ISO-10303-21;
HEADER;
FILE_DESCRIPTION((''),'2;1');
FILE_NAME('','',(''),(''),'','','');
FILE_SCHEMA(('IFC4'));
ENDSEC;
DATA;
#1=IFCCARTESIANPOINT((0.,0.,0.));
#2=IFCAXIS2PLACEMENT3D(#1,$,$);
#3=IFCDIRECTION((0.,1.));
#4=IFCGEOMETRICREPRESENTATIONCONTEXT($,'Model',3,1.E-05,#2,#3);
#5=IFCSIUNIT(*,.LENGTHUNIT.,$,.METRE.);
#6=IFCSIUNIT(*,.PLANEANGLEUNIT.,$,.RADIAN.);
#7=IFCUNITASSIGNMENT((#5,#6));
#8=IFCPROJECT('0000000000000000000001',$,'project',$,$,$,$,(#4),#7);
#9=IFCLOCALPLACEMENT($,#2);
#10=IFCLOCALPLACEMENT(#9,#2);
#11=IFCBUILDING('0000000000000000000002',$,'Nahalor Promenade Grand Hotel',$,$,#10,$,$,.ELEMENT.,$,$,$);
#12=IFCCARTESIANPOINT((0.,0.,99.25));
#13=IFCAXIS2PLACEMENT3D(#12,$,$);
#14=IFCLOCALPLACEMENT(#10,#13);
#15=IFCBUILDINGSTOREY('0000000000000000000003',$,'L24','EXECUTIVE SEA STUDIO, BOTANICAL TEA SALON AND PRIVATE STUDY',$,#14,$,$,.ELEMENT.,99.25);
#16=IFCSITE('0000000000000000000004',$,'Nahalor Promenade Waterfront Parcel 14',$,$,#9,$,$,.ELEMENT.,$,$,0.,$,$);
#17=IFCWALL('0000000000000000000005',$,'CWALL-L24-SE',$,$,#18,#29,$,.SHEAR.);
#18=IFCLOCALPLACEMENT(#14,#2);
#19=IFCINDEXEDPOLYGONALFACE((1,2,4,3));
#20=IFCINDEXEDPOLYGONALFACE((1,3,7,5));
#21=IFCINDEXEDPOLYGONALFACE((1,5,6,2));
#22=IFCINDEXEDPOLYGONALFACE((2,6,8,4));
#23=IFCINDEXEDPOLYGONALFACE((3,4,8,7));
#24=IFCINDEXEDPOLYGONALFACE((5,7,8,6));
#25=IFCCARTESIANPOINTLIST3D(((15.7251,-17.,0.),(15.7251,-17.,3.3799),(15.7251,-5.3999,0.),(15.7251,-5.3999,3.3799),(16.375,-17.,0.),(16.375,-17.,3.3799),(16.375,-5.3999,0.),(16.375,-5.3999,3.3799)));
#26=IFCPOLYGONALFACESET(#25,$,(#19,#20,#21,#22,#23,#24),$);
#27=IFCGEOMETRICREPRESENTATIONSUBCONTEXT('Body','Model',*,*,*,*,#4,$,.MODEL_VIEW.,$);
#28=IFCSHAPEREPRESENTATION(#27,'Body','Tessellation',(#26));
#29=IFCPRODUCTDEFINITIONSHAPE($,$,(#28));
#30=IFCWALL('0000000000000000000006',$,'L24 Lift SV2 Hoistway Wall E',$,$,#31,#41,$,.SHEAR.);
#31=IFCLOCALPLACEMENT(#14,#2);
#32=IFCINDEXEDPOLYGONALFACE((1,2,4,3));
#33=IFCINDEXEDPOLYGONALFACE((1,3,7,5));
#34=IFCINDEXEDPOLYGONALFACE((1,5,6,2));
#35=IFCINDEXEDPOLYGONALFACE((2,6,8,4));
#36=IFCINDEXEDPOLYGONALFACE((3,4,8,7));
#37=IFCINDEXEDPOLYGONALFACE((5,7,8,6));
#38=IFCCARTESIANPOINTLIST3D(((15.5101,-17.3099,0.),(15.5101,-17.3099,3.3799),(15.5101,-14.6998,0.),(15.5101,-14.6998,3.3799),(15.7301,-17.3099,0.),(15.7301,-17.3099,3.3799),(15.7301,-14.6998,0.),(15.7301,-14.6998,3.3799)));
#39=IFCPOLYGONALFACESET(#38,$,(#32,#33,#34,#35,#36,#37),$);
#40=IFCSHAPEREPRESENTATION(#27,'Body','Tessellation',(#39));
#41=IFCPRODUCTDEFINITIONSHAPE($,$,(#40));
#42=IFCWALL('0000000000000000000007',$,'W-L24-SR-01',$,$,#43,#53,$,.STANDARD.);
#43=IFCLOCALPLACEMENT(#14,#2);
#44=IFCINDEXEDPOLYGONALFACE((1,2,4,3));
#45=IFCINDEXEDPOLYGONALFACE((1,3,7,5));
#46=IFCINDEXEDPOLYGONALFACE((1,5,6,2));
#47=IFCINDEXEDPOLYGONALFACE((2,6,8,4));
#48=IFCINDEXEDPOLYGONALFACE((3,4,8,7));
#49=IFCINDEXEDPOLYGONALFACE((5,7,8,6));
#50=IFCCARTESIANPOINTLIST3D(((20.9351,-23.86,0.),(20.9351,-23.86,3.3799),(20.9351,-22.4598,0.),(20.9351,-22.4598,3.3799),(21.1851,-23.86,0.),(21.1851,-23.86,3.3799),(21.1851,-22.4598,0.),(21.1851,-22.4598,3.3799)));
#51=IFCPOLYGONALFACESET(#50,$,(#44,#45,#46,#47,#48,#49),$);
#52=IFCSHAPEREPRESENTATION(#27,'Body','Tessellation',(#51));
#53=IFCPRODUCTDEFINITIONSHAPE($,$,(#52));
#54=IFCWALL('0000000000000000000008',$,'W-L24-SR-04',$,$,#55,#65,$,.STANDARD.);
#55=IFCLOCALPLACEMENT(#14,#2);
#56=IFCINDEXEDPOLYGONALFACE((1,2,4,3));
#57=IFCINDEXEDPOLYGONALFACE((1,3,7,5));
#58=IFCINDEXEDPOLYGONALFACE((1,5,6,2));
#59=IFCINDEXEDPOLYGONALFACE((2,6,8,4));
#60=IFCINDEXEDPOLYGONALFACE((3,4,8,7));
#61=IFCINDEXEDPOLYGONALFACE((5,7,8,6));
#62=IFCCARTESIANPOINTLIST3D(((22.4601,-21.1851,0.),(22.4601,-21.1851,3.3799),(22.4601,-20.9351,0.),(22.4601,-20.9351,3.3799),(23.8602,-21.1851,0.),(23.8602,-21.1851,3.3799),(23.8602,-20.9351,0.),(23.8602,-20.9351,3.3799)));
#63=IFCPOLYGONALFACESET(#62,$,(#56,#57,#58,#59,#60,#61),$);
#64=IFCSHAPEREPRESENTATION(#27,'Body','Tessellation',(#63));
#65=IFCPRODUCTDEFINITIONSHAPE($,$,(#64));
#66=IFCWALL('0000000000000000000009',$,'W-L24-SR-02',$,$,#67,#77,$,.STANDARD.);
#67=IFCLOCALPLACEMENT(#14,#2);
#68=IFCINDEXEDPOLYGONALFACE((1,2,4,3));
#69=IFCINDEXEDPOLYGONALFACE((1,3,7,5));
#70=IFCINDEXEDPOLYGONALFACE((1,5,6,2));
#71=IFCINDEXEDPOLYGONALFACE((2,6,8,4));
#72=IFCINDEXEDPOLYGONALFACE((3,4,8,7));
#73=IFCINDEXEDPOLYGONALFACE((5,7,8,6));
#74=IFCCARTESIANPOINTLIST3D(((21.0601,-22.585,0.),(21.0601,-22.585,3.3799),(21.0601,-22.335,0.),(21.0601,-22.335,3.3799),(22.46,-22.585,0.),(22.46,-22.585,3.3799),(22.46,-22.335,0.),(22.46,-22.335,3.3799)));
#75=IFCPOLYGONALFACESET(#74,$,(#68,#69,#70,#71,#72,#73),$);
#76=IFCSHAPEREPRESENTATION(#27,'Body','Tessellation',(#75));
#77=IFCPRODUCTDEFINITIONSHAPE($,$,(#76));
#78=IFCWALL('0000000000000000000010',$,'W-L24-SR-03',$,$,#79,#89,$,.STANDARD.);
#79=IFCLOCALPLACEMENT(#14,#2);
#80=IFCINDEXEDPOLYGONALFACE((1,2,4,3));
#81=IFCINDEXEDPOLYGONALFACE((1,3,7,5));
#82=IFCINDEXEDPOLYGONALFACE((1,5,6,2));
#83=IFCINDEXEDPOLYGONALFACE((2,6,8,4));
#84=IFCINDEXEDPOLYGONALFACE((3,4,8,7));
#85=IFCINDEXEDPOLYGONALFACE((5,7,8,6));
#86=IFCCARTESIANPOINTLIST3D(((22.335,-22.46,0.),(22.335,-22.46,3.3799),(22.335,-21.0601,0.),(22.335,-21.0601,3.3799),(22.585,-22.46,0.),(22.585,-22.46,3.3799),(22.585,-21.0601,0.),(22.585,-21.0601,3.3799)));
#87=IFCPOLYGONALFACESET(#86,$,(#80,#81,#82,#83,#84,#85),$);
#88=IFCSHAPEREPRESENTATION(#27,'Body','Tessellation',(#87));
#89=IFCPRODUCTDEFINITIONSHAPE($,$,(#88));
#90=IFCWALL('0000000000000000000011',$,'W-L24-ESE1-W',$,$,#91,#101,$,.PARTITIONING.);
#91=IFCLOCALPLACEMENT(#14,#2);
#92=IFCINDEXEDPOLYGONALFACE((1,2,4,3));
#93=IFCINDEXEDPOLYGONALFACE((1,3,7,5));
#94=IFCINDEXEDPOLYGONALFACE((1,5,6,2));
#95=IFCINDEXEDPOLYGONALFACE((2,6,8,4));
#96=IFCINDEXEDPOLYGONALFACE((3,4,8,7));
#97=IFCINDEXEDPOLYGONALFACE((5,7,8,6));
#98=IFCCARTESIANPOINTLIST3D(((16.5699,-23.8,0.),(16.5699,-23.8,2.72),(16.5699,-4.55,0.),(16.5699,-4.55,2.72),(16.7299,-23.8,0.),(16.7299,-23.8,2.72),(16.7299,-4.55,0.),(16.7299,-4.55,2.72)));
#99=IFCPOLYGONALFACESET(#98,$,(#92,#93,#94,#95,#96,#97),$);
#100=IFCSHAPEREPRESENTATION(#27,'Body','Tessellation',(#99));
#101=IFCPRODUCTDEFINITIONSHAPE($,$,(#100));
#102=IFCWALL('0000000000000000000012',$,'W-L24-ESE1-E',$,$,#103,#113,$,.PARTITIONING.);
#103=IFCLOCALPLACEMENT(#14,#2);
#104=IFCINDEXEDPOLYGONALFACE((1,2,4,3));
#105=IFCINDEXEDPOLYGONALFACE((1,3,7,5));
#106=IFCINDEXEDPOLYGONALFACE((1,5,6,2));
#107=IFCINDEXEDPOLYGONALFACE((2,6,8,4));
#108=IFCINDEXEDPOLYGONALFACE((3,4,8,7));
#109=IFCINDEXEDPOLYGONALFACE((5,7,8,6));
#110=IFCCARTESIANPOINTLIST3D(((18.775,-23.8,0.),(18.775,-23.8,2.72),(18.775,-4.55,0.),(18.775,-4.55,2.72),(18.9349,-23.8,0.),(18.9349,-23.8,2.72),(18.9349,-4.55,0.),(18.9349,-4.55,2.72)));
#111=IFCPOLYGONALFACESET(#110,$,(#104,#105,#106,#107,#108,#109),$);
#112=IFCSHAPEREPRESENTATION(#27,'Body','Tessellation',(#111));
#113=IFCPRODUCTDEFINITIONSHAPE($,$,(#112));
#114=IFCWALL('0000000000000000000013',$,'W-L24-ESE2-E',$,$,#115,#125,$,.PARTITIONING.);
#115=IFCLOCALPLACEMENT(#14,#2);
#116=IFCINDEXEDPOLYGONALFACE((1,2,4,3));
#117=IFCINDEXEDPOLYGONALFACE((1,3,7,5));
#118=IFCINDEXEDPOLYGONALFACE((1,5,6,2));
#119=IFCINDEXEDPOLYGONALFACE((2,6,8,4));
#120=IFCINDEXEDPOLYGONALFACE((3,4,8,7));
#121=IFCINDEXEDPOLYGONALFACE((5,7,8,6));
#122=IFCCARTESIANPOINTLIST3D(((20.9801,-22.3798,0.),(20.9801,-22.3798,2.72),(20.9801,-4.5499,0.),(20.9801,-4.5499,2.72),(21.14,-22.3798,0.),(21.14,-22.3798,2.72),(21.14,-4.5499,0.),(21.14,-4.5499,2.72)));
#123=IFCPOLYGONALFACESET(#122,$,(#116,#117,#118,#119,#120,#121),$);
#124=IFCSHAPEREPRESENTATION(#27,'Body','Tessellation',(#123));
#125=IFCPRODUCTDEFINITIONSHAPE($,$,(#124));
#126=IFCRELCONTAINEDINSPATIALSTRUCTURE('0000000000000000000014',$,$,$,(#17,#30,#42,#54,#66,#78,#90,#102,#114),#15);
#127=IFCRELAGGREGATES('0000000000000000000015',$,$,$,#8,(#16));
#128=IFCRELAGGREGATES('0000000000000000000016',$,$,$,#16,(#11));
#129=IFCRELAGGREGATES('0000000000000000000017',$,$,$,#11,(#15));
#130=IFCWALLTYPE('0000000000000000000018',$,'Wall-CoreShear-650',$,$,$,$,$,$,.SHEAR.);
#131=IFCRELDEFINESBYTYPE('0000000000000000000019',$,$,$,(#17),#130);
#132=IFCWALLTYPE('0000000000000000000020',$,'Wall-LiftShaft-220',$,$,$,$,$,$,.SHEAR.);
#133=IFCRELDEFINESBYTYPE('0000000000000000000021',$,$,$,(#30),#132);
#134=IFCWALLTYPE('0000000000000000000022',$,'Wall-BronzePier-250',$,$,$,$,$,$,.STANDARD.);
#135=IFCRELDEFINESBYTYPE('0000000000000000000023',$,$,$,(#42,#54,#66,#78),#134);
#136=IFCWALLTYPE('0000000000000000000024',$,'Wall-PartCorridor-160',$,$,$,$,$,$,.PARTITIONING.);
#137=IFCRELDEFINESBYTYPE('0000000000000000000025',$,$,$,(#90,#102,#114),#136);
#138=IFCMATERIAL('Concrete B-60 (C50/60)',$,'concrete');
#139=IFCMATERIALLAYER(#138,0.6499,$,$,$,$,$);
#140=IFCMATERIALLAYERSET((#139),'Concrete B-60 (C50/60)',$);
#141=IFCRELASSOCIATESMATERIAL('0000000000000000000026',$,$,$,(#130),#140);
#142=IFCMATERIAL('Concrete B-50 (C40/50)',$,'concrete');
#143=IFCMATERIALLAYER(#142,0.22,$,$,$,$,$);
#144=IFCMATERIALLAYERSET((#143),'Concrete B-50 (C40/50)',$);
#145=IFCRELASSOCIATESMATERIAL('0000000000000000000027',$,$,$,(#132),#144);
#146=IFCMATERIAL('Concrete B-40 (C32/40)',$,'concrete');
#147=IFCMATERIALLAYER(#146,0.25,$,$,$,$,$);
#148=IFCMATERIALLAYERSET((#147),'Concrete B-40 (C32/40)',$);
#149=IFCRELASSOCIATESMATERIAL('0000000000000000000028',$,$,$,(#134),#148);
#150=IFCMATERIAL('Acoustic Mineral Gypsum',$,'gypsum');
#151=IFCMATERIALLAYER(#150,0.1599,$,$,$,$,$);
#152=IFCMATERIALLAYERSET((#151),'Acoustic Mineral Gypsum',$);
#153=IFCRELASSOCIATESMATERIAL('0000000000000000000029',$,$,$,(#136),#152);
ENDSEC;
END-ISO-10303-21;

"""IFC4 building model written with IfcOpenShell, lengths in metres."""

from ifc_helpers import new_model, si_unit, direction, frame, frame_2d, origin, place, context, subcontext, project, spatial, rectangle, extrude, source, transform, mapped, material, layer, layer_set, type_object, element, save


model = new_model("IFC4")

# Units and contexts
model_context = context("Model", 3, precision=1e-05, world=origin(), true_north=direction((0.0, 1.0)))
body_context = subcontext(model_context, "Body", "Model", "MODEL_VIEW")
ifc_project = project(units=[si_unit("LENGTHUNIT", "METRE"), si_unit("PLANEANGLEUNIT", "RADIAN")], contexts=[model_context])

# Site, building, storey
site_placement = place(None, origin())
site = spatial("IfcSite", under=ifc_project, at=site_placement, Name="Nahalor Promenade Waterfront Parcel 14", CompositionType="ELEMENT", RefElevation=0.0)
building_placement = place(site_placement, origin())
building = spatial("IfcBuilding", under=site, at=building_placement, Name="Nahalor Promenade Grand Hotel", CompositionType="ELEMENT")
storey_placement = place(building_placement, frame((0.0, 0.0, 99.25)))
storey = spatial("IfcBuildingStorey", under=building, at=storey_placement, Name="L24", Description="EXECUTIVE SEA STUDIO, BOTANICAL TEA SALON AND PRIVATE STUDY", CompositionType="ELEMENT", Elevation=99.25)

# Shared definitions
ifc_material_1 = material(Name="Concrete B-60 (C50/60)", Category="concrete")

# Walls
ifc_layer_1 = layer(ifc_material_1, 0.6499)
ifc_layer_set_1 = layer_set([ifc_layer_1], Name="Concrete B-60 (C50/60)")
wall_type_1 = type_object("IfcWallType", Name="Wall-CoreShear-650", PredefinedType="SHEAR", material=ifc_layer_set_1)
shared_shape_1 = source(origin(), body_context, "Body", "SweptSolid", [
    extrude(rectangle(XDim=11.6001, YDim=0.6499, at=frame_2d((5.8, 0.0))), origin(), (0.0, 0.0, 1.0), 3.3799),
])
wall_1_placement = place(storey_placement, frame((16.05, -17.0, 0.0), z_axis=(0.0, 0.0, 1.0), x_axis=(0.0, 1.0, 0.0)))
element("IfcWall", 1, at=wall_1_placement, inside=storey, type_object=wall_type_1, Name="CWALL-L24-SE", PredefinedType="SHEAR", context=body_context, shape_type="MappedRepresentation", body=[
    mapped(shared_shape_1, transform((0.0, 0.0, 0.0), scale=1.0)),
])
ifc_material_2 = material(Name="Concrete B-50 (C40/50)", Category="concrete")
ifc_layer_2 = layer(ifc_material_2, 0.22)
ifc_layer_set_2 = layer_set([ifc_layer_2], Name="Concrete B-50 (C40/50)")
wall_type_2 = type_object("IfcWallType", Name="Wall-LiftShaft-220", PredefinedType="SHEAR", material=ifc_layer_set_2)
shared_shape_2 = source(origin(), body_context, "Body", "SweptSolid", [
    extrude(rectangle(XDim=2.6101, YDim=0.22, at=frame_2d((1.3052, 0.0))), origin(), (0.0, 0.0, 1.0), 3.3799),
])
wall_2_placement = place(storey_placement, frame((15.6201, -17.3101, 0.0), z_axis=(0.0, 0.0, 1.0), x_axis=(0.0, 1.0, 0.0)))
element("IfcWall", 2, at=wall_2_placement, inside=storey, type_object=wall_type_2, Name="L24 Lift SV2 Hoistway Wall E", PredefinedType="SHEAR", context=body_context, shape_type="MappedRepresentation", body=[
    mapped(shared_shape_2, transform((0.0, 0.0, 0.0), scale=1.0)),
])
ifc_material_3 = material(Name="Concrete B-40 (C32/40)", Category="concrete")
ifc_layer_3 = layer(ifc_material_3, 0.25)
ifc_layer_set_3 = layer_set([ifc_layer_3], Name="Concrete B-40 (C32/40)")
wall_type_3 = type_object("IfcWallType", Name="Wall-BronzePier-250", PredefinedType="STANDARD", material=ifc_layer_set_3)
shared_shape_3 = source(origin(), body_context, "Body", "SweptSolid", [
    extrude(rectangle(XDim=1.4001, YDim=0.25, at=frame_2d((0.7002, 0.0))), origin(), (0.0, 0.0, 1.0), 3.3799),
])
for number, where, z_axis, x_axis, name in (
    (3, (21.0601, -23.8601, 0.0), (0.0, 0.0, 1.0), (0.0, 1.0, 0.0), "W-L24-SR-01"),
    (4, (22.46, -21.0601, 0.0), (0.0, 0.0, 1.0), (1.0, 0.0, 0.0), "W-L24-SR-04"),
):
    element("IfcWall", number, at=place(storey_placement, frame(where, z_axis=z_axis, x_axis=x_axis)), inside=storey, type_object=wall_type_3, Name=name, PredefinedType="STANDARD", context=body_context, shape_type="MappedRepresentation", body=[
        mapped(shared_shape_3, transform((0.0, 0.0, 0.0), scale=1.0)),
    ])
shared_shape_4 = source(origin(), body_context, "Body", "SweptSolid", [
    extrude(rectangle(XDim=1.3999, YDim=0.25, at=frame_2d((0.7, 0.0))), origin(), (0.0, 0.0, 1.0), 3.3799),
])
for number, where, z_axis, x_axis, name in (
    (5, (21.0601, -22.46, 0.0), (0.0, 0.0, 1.0), (1.0, 0.0, 0.0), "W-L24-SR-02"),
    (6, (22.46, -22.46, 0.0), (0.0, 0.0, 1.0), (0.0, 1.0, 0.0), "W-L24-SR-03"),
):
    element("IfcWall", number, at=place(storey_placement, frame(where, z_axis=z_axis, x_axis=x_axis)), inside=storey, type_object=wall_type_3, Name=name, PredefinedType="STANDARD", context=body_context, shape_type="MappedRepresentation", body=[
        mapped(shared_shape_4, transform((0.0, 0.0, 0.0), scale=1.0)),
    ])
ifc_material_4 = material(Name="Acoustic Mineral Gypsum", Category="gypsum")
ifc_layer_4 = layer(ifc_material_4, 0.1599)
ifc_layer_set_4 = layer_set([ifc_layer_4], Name="Acoustic Mineral Gypsum")
wall_type_4 = type_object("IfcWallType", Name="Wall-PartCorridor-160", PredefinedType="PARTITIONING", material=ifc_layer_set_4)
shared_shape_5 = source(origin(), body_context, "Body", "SweptSolid", [
    extrude(rectangle(XDim=19.25, YDim=0.1599, at=frame_2d((9.625, 0.0))), origin(), (0.0, 0.0, 1.0), 2.72),
])
for number, where, z_axis, x_axis, name in (
    (7, (16.6499, -23.8, 0.0), (0.0, 0.0, 1.0), (0.0, 1.0, 0.0), "W-L24-ESE1-W"),
    (8, (18.855, -23.8, 0.0), (0.0, 0.0, 1.0), (0.0, 1.0, 0.0), "W-L24-ESE1-E"),
):
    element("IfcWall", number, at=place(storey_placement, frame(where, z_axis=z_axis, x_axis=x_axis)), inside=storey, type_object=wall_type_4, Name=name, PredefinedType="PARTITIONING", context=body_context, shape_type="MappedRepresentation", body=[
        mapped(shared_shape_5, transform((0.0, 0.0, 0.0), scale=1.0)),
    ])
shared_shape_6 = source(origin(), body_context, "Body", "SweptSolid", [
    extrude(rectangle(XDim=17.8298, YDim=0.1599, at=frame_2d((8.915, 0.0))), origin(), (0.0, 0.0, 1.0), 2.72),
])
wall_3_placement = place(storey_placement, frame((21.0601, -22.3799, 0.0), z_axis=(0.0, 0.0, 1.0), x_axis=(0.0, 1.0, 0.0)))
element("IfcWall", 9, at=wall_3_placement, inside=storey, type_object=wall_type_4, Name="W-L24-ESE2-E", PredefinedType="PARTITIONING", context=body_context, shape_type="MappedRepresentation", body=[
    mapped(shared_shape_6, transform((0.0, 0.0, 0.0), scale=1.0)),
])

save(model, "model.ifc")
